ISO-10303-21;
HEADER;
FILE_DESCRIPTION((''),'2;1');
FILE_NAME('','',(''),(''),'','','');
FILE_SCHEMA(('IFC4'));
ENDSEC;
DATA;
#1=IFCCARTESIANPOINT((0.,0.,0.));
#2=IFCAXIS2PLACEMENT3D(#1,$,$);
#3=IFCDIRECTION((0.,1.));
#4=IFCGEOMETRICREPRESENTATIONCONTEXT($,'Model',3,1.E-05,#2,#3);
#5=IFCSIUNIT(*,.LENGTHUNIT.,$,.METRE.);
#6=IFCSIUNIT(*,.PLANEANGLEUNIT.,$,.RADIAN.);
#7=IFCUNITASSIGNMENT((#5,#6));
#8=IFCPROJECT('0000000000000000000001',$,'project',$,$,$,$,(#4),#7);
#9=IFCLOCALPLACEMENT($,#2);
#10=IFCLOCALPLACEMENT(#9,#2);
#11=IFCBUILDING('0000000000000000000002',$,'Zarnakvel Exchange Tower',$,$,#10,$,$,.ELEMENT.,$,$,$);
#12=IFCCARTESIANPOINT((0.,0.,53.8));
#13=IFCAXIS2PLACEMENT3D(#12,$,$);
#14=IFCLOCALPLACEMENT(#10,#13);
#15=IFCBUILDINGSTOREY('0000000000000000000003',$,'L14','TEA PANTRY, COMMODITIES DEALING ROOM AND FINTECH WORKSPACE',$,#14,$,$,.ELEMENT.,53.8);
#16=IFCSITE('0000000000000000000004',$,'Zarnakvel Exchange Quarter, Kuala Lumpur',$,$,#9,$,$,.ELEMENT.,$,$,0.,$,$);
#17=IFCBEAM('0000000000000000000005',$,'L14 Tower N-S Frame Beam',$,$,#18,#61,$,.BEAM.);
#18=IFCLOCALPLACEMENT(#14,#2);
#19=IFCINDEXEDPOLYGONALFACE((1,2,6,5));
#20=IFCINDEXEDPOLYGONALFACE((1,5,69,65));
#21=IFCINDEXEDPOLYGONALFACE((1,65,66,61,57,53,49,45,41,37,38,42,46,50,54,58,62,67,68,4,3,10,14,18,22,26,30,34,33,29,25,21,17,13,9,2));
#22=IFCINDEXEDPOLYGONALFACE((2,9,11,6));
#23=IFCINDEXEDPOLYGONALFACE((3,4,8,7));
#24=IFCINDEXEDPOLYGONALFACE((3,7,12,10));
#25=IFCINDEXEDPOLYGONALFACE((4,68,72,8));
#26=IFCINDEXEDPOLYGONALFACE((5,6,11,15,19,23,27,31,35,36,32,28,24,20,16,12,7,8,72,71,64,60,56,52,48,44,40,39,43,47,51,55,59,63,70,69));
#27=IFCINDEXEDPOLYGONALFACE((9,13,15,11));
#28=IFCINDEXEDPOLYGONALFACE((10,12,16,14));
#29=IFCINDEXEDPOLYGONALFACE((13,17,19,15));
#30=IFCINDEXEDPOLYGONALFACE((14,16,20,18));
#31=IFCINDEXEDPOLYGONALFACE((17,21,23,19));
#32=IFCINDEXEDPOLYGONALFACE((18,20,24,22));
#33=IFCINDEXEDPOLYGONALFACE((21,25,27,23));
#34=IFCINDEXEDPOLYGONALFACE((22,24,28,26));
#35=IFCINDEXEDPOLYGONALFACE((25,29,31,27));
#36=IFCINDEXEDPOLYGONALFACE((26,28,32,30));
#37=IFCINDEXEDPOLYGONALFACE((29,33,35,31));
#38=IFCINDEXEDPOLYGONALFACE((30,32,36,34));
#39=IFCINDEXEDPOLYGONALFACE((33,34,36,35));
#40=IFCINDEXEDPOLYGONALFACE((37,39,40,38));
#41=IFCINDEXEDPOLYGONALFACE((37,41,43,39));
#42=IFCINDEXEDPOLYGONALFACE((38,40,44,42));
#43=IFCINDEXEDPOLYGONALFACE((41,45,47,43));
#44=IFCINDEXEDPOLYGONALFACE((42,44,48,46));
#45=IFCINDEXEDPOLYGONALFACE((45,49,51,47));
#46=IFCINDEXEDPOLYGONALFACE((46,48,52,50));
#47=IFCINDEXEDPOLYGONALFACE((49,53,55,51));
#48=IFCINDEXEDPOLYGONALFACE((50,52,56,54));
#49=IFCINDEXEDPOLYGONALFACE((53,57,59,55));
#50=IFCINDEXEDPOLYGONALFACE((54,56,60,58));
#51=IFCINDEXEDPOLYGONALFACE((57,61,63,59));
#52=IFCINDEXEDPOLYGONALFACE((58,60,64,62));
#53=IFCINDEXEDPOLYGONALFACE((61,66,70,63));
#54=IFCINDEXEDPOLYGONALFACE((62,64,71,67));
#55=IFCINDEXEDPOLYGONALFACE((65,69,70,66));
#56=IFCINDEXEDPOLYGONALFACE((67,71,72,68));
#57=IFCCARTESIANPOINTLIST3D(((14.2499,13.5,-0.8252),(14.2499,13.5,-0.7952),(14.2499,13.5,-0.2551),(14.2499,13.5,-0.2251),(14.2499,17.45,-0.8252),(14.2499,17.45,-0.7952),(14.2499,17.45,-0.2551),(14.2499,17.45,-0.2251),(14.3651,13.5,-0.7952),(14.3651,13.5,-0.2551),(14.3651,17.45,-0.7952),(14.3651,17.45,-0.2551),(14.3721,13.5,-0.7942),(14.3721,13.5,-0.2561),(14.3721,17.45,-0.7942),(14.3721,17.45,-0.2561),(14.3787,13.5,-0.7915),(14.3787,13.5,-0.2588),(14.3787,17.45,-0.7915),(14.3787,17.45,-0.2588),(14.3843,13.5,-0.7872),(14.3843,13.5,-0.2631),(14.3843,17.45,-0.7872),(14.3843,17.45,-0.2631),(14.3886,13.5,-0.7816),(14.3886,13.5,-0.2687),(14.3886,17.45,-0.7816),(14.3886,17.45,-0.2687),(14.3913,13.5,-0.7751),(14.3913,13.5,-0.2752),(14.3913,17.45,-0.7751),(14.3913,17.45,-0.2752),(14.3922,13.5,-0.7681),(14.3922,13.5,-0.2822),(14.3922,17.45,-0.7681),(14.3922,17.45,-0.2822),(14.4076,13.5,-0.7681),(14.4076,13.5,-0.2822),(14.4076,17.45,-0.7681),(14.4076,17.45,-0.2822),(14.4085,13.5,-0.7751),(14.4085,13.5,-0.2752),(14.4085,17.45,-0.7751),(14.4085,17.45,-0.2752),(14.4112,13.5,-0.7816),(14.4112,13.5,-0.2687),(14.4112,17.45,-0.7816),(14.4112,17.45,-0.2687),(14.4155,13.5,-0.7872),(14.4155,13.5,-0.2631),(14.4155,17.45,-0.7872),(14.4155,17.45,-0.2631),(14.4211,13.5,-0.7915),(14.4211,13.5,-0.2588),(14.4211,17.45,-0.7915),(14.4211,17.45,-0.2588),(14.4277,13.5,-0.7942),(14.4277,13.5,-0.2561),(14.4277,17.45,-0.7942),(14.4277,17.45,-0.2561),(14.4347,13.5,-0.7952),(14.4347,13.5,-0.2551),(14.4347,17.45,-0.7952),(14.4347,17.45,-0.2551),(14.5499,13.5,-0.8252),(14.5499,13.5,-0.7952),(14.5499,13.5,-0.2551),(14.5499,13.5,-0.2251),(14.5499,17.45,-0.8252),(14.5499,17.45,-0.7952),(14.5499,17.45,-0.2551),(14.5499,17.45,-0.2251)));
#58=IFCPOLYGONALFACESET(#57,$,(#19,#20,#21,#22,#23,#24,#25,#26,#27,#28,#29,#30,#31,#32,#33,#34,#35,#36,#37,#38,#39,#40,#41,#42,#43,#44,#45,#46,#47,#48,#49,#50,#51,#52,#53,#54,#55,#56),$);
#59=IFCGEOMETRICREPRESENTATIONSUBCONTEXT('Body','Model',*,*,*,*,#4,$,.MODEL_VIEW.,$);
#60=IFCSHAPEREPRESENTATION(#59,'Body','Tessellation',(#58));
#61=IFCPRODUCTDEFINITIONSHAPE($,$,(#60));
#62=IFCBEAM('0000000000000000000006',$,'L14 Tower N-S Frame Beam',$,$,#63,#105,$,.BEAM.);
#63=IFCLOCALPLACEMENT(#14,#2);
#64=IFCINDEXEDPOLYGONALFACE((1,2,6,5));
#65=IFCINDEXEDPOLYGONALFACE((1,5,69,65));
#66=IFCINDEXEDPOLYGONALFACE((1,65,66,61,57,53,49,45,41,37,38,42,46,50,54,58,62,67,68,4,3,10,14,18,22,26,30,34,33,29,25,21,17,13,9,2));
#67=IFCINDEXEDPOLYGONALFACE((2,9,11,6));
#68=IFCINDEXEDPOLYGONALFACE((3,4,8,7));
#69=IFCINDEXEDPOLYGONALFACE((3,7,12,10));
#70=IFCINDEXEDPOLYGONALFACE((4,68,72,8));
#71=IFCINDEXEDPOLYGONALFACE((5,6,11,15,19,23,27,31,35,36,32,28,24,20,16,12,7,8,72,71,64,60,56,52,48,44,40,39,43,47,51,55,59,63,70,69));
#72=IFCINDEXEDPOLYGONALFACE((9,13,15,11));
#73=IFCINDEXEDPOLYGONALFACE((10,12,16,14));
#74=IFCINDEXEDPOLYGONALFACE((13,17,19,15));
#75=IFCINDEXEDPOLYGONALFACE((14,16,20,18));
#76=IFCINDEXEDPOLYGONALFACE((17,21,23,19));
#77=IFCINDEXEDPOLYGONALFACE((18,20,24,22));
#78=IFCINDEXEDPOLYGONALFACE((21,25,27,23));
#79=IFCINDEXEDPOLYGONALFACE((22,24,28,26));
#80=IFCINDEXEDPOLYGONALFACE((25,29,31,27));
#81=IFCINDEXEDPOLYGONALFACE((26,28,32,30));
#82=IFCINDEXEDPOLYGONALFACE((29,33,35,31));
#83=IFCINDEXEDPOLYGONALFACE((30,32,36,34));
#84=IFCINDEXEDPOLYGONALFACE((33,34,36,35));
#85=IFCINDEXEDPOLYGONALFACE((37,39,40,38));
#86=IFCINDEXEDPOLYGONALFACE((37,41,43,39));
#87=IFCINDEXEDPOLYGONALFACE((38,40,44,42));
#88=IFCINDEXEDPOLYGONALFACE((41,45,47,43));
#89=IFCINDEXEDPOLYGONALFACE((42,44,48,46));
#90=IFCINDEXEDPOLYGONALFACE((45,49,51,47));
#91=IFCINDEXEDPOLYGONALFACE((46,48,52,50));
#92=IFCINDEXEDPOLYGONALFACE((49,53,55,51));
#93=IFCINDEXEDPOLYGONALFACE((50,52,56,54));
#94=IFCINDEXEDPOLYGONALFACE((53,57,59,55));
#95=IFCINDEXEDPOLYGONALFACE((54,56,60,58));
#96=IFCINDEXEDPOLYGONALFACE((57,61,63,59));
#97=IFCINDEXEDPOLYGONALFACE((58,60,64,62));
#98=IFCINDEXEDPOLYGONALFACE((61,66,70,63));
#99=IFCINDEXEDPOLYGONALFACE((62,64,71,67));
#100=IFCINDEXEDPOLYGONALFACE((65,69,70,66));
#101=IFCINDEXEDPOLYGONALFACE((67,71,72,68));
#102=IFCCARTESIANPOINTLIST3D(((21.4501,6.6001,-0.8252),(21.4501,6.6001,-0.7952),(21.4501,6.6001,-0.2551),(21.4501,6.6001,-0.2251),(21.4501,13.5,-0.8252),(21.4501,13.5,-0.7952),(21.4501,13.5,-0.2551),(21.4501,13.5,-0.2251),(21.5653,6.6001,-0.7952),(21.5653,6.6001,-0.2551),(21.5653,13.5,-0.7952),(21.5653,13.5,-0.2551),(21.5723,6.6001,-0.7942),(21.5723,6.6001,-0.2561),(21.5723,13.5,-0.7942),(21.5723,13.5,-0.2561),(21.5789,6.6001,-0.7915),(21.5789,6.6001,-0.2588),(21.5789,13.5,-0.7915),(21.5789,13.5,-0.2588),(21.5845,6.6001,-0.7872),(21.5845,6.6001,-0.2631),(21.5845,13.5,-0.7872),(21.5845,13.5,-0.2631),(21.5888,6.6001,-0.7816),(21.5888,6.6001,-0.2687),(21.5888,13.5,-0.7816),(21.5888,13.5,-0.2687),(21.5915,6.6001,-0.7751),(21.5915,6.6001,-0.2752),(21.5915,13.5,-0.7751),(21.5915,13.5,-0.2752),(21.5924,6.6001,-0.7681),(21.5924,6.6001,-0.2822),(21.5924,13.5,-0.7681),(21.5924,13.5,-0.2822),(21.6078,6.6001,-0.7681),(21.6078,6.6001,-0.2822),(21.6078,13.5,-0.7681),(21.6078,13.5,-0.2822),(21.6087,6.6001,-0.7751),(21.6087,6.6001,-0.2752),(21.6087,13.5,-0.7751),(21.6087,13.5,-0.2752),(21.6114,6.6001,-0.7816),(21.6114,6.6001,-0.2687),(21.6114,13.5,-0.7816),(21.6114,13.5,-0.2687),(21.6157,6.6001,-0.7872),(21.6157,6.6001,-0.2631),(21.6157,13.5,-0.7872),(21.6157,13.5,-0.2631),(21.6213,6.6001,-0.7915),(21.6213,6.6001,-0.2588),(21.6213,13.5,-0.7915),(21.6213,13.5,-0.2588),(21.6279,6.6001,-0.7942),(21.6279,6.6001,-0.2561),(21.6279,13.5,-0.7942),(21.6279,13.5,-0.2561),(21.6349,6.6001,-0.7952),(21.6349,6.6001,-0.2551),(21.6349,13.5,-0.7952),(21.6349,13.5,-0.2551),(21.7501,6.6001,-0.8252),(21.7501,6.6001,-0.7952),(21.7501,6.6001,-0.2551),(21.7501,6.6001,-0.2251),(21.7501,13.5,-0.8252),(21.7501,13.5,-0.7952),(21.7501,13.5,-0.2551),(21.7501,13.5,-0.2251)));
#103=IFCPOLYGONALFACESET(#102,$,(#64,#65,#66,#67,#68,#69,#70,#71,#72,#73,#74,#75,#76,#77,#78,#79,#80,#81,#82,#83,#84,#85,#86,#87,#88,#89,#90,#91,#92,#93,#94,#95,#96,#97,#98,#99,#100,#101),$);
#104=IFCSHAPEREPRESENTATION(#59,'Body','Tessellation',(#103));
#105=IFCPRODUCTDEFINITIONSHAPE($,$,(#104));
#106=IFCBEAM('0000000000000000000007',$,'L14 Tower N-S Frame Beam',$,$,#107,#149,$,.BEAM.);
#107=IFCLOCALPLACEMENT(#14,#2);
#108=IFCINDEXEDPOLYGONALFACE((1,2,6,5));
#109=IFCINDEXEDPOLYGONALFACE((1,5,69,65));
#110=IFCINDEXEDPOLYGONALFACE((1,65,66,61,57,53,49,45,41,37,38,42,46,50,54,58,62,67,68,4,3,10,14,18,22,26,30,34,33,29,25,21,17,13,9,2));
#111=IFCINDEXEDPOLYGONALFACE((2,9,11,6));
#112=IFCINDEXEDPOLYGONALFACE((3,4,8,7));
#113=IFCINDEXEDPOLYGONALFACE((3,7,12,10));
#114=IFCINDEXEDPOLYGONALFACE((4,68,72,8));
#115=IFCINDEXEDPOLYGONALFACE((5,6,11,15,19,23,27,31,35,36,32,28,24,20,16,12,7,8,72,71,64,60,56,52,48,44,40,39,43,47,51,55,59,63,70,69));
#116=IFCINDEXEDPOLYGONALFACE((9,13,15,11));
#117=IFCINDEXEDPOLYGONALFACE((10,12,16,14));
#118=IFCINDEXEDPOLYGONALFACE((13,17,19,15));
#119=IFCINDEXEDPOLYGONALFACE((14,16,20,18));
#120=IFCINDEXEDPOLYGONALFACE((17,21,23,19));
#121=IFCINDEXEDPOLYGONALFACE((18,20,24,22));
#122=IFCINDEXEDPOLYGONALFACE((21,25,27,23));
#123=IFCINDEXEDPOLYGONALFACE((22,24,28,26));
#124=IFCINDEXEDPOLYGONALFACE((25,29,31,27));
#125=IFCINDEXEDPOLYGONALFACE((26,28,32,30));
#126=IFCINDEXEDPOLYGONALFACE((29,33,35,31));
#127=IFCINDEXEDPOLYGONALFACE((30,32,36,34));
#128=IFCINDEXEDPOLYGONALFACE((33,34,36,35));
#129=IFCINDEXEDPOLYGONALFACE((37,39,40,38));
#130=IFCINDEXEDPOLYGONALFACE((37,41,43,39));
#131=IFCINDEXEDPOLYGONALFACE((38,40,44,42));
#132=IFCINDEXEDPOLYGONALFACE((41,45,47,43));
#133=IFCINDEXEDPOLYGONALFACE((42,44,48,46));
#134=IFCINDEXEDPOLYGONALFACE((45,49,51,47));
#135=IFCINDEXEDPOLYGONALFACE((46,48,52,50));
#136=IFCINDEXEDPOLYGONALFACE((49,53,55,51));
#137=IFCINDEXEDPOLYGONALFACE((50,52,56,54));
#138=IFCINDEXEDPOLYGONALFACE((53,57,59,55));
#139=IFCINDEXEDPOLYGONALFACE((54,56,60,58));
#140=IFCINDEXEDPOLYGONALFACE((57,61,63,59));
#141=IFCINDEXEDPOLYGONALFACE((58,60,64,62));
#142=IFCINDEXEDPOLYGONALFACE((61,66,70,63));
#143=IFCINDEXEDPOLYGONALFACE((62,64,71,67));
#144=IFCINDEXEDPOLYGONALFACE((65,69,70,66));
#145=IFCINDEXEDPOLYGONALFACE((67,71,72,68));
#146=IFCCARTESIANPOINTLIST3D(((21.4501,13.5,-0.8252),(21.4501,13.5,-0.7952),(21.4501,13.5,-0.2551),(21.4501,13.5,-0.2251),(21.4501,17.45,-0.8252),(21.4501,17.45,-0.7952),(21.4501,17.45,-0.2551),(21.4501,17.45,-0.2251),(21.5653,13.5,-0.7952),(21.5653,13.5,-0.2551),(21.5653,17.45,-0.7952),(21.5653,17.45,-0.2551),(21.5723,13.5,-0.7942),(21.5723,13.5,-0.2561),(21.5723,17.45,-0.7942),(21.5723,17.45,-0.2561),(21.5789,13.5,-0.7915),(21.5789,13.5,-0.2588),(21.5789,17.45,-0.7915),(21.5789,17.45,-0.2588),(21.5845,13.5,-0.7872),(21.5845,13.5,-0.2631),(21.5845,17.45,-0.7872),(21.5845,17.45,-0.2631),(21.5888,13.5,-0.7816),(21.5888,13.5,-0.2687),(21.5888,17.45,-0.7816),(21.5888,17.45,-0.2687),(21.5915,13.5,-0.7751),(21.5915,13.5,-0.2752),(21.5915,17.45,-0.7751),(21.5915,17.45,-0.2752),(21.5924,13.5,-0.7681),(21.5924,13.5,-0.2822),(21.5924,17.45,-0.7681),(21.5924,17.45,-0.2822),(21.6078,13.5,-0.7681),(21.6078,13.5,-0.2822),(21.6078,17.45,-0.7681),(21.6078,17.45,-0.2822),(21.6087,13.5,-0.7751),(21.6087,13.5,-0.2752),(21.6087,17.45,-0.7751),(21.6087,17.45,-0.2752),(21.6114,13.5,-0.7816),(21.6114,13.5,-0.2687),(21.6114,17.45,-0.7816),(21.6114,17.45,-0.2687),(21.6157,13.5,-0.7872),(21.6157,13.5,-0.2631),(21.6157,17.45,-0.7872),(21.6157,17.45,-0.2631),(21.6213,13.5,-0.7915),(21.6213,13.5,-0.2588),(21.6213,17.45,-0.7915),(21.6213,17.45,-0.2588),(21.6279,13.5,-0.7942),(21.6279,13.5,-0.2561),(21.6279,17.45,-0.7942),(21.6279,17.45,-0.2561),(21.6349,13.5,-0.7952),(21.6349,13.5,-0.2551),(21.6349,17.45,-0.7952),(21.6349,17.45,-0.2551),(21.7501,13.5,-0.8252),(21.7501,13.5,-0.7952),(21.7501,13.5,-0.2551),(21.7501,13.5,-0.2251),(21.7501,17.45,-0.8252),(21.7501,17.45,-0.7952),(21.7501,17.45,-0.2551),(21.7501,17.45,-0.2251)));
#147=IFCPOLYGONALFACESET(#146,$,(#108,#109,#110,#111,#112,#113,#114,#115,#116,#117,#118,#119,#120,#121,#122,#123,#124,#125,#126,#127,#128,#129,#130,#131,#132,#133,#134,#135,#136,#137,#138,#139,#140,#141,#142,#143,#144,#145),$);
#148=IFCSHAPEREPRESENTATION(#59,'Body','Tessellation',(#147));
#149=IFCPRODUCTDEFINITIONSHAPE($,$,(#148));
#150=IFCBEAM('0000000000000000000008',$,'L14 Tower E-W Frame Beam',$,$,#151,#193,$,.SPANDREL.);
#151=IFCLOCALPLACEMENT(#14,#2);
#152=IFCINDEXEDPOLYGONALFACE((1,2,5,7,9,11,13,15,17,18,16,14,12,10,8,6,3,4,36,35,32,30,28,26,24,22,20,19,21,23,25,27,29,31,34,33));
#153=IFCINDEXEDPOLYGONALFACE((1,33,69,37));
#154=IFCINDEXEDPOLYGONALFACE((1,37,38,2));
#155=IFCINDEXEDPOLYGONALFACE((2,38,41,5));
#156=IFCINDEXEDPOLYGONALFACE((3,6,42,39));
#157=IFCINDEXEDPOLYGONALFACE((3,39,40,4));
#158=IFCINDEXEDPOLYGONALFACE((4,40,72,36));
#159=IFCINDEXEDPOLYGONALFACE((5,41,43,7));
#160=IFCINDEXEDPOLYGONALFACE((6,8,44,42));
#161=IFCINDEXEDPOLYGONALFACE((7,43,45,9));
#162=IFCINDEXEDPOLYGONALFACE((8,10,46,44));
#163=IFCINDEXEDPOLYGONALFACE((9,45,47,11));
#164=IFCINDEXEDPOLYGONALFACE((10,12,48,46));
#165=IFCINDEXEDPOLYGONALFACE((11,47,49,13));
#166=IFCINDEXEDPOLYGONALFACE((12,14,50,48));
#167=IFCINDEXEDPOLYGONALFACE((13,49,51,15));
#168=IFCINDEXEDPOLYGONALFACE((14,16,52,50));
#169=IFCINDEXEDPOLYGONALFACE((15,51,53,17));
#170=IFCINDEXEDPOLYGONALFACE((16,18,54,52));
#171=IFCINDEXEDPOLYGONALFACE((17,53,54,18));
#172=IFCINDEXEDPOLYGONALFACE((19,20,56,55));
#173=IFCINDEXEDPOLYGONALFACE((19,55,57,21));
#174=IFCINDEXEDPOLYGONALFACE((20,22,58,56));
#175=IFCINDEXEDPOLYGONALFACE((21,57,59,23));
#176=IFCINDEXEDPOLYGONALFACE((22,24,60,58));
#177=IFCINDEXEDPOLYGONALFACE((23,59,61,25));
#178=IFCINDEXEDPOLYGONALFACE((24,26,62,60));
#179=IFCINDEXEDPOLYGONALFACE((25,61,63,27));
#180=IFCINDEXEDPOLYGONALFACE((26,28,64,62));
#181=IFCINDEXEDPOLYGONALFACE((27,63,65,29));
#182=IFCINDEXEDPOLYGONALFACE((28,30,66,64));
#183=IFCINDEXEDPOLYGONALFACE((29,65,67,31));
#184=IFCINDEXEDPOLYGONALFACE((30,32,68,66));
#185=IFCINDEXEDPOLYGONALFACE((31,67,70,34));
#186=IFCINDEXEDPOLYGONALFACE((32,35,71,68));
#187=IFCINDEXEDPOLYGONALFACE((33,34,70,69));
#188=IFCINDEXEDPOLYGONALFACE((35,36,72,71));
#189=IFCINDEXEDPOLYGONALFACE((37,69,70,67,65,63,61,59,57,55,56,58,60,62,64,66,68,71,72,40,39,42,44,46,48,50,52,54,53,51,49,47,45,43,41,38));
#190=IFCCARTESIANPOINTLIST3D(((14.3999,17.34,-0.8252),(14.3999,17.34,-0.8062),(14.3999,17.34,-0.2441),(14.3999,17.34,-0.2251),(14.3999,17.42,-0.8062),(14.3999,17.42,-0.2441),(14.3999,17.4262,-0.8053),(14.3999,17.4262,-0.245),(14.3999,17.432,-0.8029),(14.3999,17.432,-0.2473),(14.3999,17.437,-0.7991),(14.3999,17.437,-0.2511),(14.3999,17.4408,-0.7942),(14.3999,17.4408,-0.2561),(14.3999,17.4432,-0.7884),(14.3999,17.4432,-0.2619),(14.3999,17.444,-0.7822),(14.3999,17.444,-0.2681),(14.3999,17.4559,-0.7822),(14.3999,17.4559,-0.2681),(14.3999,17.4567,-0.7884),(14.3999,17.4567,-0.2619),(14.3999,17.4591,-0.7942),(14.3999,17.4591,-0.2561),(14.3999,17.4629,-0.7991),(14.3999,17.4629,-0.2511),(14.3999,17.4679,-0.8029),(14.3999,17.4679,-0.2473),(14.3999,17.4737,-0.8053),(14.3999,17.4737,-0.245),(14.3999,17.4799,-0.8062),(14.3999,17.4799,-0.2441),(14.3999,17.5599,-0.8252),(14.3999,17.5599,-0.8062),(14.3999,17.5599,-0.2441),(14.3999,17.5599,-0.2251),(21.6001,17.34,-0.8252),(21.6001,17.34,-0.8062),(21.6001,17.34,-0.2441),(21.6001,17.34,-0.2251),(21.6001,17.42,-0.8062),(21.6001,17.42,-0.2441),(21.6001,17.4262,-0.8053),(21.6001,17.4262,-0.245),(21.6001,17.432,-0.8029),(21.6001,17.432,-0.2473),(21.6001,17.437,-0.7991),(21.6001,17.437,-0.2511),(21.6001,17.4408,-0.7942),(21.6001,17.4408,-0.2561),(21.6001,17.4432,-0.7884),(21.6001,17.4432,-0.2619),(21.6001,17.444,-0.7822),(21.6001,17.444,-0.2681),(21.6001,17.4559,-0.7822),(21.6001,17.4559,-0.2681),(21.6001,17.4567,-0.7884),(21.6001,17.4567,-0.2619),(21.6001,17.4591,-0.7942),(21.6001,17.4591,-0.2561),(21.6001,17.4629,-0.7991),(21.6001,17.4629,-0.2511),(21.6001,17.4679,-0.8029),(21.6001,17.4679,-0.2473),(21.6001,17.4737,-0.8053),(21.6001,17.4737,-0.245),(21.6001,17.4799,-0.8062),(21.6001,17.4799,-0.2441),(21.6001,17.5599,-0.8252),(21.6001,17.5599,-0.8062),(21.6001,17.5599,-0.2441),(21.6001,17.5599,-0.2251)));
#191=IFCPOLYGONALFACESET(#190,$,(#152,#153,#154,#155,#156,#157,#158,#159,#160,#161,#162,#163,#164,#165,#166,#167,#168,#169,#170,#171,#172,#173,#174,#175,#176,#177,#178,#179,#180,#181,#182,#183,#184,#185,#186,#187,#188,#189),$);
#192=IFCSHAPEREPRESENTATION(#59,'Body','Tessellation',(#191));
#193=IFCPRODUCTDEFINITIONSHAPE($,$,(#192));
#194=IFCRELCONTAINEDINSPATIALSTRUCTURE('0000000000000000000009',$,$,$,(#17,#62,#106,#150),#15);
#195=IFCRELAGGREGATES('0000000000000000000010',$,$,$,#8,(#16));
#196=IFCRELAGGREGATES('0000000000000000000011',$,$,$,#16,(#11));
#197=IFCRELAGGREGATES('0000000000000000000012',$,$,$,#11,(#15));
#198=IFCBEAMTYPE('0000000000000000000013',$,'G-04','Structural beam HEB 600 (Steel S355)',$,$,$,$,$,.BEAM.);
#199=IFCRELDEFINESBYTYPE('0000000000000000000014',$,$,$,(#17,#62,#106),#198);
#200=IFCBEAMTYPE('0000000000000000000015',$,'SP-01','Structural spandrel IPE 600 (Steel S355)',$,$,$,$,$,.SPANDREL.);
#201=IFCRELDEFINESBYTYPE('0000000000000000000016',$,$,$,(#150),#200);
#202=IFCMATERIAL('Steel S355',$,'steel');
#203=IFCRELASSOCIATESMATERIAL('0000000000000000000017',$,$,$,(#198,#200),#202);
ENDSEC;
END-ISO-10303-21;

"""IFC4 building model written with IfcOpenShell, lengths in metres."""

from ifc_helpers import new_model, si_unit, direction, frame, origin, origin_2d, place, context, subcontext, project, spatial, i_section, extrude, material, material_profile, profile_set, type_object, element, save


model = new_model("IFC4")

# Units and contexts
model_context = context("Model", 3, precision=1e-05, world=origin(), true_north=direction((0.0, 1.0)))
body_context = subcontext(model_context, "Body", "Model", "MODEL_VIEW")
ifc_project = project(units=[si_unit("LENGTHUNIT", "METRE"), si_unit("PLANEANGLEUNIT", "RADIAN")], contexts=[model_context])

# Site, building, storey
site_placement = place(None, origin())
site = spatial("IfcSite", under=ifc_project, at=site_placement, Name="Zarnakvel Exchange Quarter, Kuala Lumpur", CompositionType="ELEMENT", RefElevation=0.0)
building_placement = place(site_placement, origin())
building = spatial("IfcBuilding", under=site, at=building_placement, Name="Zarnakvel Exchange Tower", CompositionType="ELEMENT")
storey_placement = place(building_placement, frame((0.0, 0.0, 53.8)))
storey = spatial("IfcBuildingStorey", under=building, at=storey_placement, Name="L14", Description="TEA PANTRY, COMMODITIES DEALING ROOM AND FINTECH WORKSPACE", CompositionType="ELEMENT", Elevation=53.8)

# Beams
ifc_material_1 = material(Name="Steel S355", Category="steel")
ifc_material_profile_1 = material_profile(ifc_material_1, i_section(OverallWidth=0.3, OverallDepth=0.6001, WebThickness=0.0154, FlangeThickness=0.03, FilletRadius=0.0271, at=origin_2d()))
ifc_profile_set_1 = profile_set([ifc_material_profile_1], Name="Steel S355")
beam_type_1 = type_object("IfcBeamType", Name="G-04", Description="Structural beam HEB 600 (Steel S355)", PredefinedType="BEAM", material=ifc_profile_set_1)
beam_1_placement = place(storey_placement, frame((14.3999, 13.5, -0.5251), z_axis=(0.0, 1.0, 0.0), x_axis=(-1.0, 0.0, 0.0)))
element("IfcBeam", 1, at=beam_1_placement, inside=storey, type_object=beam_type_1, Name="L14 Tower N-S Frame Beam", PredefinedType="BEAM", context=body_context, shape_type="SweptSolid", body=[
    extrude(i_section(OverallWidth=0.3, OverallDepth=0.6001, WebThickness=0.0154, FlangeThickness=0.03, FilletRadius=0.0271, at=origin_2d()), origin(), (0.0, 0.0, 1.0), 3.95),
])
beam_2_placement = place(storey_placement, frame((21.6001, 6.6001, -0.5251), z_axis=(0.0, 1.0, 0.0), x_axis=(-1.0, 0.0, 0.0)))
element("IfcBeam", 2, at=beam_2_placement, inside=storey, type_object=beam_type_1, Name="L14 Tower N-S Frame Beam", PredefinedType="BEAM", context=body_context, shape_type="SweptSolid", body=[
    extrude(i_section(OverallWidth=0.3, OverallDepth=0.6001, WebThickness=0.0154, FlangeThickness=0.03, FilletRadius=0.0271, at=origin_2d()), origin(), (0.0, 0.0, 1.0), 6.8999),
])
beam_3_placement = place(storey_placement, frame((21.6001, 13.5, -0.5251), z_axis=(0.0, 1.0, 0.0), x_axis=(-1.0, 0.0, 0.0)))
element("IfcBeam", 3, at=beam_3_placement, inside=storey, type_object=beam_type_1, Name="L14 Tower N-S Frame Beam", PredefinedType="BEAM", context=body_context, shape_type="SweptSolid", body=[
    extrude(i_section(OverallWidth=0.3, OverallDepth=0.6001, WebThickness=0.0154, FlangeThickness=0.03, FilletRadius=0.0271, at=origin_2d()), origin(), (0.0, 0.0, 1.0), 3.95),
])
ifc_material_profile_2 = material_profile(ifc_material_1, i_section(OverallWidth=0.22, OverallDepth=0.6001, WebThickness=0.012, FlangeThickness=0.019, FilletRadius=0.0239, at=origin_2d()))
ifc_profile_set_2 = profile_set([ifc_material_profile_2], Name="Steel S355")
beam_type_2 = type_object("IfcBeamType", Name="SP-01", Description="Structural spandrel IPE 600 (Steel S355)", PredefinedType="SPANDREL", material=ifc_profile_set_2)
beam_4_placement = place(storey_placement, frame((14.3999, 17.45, -0.5251), z_axis=(1.0, 0.0, 0.0), x_axis=(0.0, 1.0, 0.0)))
element("IfcBeam", 4, at=beam_4_placement, inside=storey, type_object=beam_type_2, Name="L14 Tower E-W Frame Beam", PredefinedType="SPANDREL", context=body_context, shape_type="SweptSolid", body=[
    extrude(i_section(OverallWidth=0.22, OverallDepth=0.6001, WebThickness=0.012, FlangeThickness=0.019, FilletRadius=0.0239, at=origin_2d()), origin(), (0.0, 0.0, 1.0), 7.2002),
])

save(model, "model.ifc")
